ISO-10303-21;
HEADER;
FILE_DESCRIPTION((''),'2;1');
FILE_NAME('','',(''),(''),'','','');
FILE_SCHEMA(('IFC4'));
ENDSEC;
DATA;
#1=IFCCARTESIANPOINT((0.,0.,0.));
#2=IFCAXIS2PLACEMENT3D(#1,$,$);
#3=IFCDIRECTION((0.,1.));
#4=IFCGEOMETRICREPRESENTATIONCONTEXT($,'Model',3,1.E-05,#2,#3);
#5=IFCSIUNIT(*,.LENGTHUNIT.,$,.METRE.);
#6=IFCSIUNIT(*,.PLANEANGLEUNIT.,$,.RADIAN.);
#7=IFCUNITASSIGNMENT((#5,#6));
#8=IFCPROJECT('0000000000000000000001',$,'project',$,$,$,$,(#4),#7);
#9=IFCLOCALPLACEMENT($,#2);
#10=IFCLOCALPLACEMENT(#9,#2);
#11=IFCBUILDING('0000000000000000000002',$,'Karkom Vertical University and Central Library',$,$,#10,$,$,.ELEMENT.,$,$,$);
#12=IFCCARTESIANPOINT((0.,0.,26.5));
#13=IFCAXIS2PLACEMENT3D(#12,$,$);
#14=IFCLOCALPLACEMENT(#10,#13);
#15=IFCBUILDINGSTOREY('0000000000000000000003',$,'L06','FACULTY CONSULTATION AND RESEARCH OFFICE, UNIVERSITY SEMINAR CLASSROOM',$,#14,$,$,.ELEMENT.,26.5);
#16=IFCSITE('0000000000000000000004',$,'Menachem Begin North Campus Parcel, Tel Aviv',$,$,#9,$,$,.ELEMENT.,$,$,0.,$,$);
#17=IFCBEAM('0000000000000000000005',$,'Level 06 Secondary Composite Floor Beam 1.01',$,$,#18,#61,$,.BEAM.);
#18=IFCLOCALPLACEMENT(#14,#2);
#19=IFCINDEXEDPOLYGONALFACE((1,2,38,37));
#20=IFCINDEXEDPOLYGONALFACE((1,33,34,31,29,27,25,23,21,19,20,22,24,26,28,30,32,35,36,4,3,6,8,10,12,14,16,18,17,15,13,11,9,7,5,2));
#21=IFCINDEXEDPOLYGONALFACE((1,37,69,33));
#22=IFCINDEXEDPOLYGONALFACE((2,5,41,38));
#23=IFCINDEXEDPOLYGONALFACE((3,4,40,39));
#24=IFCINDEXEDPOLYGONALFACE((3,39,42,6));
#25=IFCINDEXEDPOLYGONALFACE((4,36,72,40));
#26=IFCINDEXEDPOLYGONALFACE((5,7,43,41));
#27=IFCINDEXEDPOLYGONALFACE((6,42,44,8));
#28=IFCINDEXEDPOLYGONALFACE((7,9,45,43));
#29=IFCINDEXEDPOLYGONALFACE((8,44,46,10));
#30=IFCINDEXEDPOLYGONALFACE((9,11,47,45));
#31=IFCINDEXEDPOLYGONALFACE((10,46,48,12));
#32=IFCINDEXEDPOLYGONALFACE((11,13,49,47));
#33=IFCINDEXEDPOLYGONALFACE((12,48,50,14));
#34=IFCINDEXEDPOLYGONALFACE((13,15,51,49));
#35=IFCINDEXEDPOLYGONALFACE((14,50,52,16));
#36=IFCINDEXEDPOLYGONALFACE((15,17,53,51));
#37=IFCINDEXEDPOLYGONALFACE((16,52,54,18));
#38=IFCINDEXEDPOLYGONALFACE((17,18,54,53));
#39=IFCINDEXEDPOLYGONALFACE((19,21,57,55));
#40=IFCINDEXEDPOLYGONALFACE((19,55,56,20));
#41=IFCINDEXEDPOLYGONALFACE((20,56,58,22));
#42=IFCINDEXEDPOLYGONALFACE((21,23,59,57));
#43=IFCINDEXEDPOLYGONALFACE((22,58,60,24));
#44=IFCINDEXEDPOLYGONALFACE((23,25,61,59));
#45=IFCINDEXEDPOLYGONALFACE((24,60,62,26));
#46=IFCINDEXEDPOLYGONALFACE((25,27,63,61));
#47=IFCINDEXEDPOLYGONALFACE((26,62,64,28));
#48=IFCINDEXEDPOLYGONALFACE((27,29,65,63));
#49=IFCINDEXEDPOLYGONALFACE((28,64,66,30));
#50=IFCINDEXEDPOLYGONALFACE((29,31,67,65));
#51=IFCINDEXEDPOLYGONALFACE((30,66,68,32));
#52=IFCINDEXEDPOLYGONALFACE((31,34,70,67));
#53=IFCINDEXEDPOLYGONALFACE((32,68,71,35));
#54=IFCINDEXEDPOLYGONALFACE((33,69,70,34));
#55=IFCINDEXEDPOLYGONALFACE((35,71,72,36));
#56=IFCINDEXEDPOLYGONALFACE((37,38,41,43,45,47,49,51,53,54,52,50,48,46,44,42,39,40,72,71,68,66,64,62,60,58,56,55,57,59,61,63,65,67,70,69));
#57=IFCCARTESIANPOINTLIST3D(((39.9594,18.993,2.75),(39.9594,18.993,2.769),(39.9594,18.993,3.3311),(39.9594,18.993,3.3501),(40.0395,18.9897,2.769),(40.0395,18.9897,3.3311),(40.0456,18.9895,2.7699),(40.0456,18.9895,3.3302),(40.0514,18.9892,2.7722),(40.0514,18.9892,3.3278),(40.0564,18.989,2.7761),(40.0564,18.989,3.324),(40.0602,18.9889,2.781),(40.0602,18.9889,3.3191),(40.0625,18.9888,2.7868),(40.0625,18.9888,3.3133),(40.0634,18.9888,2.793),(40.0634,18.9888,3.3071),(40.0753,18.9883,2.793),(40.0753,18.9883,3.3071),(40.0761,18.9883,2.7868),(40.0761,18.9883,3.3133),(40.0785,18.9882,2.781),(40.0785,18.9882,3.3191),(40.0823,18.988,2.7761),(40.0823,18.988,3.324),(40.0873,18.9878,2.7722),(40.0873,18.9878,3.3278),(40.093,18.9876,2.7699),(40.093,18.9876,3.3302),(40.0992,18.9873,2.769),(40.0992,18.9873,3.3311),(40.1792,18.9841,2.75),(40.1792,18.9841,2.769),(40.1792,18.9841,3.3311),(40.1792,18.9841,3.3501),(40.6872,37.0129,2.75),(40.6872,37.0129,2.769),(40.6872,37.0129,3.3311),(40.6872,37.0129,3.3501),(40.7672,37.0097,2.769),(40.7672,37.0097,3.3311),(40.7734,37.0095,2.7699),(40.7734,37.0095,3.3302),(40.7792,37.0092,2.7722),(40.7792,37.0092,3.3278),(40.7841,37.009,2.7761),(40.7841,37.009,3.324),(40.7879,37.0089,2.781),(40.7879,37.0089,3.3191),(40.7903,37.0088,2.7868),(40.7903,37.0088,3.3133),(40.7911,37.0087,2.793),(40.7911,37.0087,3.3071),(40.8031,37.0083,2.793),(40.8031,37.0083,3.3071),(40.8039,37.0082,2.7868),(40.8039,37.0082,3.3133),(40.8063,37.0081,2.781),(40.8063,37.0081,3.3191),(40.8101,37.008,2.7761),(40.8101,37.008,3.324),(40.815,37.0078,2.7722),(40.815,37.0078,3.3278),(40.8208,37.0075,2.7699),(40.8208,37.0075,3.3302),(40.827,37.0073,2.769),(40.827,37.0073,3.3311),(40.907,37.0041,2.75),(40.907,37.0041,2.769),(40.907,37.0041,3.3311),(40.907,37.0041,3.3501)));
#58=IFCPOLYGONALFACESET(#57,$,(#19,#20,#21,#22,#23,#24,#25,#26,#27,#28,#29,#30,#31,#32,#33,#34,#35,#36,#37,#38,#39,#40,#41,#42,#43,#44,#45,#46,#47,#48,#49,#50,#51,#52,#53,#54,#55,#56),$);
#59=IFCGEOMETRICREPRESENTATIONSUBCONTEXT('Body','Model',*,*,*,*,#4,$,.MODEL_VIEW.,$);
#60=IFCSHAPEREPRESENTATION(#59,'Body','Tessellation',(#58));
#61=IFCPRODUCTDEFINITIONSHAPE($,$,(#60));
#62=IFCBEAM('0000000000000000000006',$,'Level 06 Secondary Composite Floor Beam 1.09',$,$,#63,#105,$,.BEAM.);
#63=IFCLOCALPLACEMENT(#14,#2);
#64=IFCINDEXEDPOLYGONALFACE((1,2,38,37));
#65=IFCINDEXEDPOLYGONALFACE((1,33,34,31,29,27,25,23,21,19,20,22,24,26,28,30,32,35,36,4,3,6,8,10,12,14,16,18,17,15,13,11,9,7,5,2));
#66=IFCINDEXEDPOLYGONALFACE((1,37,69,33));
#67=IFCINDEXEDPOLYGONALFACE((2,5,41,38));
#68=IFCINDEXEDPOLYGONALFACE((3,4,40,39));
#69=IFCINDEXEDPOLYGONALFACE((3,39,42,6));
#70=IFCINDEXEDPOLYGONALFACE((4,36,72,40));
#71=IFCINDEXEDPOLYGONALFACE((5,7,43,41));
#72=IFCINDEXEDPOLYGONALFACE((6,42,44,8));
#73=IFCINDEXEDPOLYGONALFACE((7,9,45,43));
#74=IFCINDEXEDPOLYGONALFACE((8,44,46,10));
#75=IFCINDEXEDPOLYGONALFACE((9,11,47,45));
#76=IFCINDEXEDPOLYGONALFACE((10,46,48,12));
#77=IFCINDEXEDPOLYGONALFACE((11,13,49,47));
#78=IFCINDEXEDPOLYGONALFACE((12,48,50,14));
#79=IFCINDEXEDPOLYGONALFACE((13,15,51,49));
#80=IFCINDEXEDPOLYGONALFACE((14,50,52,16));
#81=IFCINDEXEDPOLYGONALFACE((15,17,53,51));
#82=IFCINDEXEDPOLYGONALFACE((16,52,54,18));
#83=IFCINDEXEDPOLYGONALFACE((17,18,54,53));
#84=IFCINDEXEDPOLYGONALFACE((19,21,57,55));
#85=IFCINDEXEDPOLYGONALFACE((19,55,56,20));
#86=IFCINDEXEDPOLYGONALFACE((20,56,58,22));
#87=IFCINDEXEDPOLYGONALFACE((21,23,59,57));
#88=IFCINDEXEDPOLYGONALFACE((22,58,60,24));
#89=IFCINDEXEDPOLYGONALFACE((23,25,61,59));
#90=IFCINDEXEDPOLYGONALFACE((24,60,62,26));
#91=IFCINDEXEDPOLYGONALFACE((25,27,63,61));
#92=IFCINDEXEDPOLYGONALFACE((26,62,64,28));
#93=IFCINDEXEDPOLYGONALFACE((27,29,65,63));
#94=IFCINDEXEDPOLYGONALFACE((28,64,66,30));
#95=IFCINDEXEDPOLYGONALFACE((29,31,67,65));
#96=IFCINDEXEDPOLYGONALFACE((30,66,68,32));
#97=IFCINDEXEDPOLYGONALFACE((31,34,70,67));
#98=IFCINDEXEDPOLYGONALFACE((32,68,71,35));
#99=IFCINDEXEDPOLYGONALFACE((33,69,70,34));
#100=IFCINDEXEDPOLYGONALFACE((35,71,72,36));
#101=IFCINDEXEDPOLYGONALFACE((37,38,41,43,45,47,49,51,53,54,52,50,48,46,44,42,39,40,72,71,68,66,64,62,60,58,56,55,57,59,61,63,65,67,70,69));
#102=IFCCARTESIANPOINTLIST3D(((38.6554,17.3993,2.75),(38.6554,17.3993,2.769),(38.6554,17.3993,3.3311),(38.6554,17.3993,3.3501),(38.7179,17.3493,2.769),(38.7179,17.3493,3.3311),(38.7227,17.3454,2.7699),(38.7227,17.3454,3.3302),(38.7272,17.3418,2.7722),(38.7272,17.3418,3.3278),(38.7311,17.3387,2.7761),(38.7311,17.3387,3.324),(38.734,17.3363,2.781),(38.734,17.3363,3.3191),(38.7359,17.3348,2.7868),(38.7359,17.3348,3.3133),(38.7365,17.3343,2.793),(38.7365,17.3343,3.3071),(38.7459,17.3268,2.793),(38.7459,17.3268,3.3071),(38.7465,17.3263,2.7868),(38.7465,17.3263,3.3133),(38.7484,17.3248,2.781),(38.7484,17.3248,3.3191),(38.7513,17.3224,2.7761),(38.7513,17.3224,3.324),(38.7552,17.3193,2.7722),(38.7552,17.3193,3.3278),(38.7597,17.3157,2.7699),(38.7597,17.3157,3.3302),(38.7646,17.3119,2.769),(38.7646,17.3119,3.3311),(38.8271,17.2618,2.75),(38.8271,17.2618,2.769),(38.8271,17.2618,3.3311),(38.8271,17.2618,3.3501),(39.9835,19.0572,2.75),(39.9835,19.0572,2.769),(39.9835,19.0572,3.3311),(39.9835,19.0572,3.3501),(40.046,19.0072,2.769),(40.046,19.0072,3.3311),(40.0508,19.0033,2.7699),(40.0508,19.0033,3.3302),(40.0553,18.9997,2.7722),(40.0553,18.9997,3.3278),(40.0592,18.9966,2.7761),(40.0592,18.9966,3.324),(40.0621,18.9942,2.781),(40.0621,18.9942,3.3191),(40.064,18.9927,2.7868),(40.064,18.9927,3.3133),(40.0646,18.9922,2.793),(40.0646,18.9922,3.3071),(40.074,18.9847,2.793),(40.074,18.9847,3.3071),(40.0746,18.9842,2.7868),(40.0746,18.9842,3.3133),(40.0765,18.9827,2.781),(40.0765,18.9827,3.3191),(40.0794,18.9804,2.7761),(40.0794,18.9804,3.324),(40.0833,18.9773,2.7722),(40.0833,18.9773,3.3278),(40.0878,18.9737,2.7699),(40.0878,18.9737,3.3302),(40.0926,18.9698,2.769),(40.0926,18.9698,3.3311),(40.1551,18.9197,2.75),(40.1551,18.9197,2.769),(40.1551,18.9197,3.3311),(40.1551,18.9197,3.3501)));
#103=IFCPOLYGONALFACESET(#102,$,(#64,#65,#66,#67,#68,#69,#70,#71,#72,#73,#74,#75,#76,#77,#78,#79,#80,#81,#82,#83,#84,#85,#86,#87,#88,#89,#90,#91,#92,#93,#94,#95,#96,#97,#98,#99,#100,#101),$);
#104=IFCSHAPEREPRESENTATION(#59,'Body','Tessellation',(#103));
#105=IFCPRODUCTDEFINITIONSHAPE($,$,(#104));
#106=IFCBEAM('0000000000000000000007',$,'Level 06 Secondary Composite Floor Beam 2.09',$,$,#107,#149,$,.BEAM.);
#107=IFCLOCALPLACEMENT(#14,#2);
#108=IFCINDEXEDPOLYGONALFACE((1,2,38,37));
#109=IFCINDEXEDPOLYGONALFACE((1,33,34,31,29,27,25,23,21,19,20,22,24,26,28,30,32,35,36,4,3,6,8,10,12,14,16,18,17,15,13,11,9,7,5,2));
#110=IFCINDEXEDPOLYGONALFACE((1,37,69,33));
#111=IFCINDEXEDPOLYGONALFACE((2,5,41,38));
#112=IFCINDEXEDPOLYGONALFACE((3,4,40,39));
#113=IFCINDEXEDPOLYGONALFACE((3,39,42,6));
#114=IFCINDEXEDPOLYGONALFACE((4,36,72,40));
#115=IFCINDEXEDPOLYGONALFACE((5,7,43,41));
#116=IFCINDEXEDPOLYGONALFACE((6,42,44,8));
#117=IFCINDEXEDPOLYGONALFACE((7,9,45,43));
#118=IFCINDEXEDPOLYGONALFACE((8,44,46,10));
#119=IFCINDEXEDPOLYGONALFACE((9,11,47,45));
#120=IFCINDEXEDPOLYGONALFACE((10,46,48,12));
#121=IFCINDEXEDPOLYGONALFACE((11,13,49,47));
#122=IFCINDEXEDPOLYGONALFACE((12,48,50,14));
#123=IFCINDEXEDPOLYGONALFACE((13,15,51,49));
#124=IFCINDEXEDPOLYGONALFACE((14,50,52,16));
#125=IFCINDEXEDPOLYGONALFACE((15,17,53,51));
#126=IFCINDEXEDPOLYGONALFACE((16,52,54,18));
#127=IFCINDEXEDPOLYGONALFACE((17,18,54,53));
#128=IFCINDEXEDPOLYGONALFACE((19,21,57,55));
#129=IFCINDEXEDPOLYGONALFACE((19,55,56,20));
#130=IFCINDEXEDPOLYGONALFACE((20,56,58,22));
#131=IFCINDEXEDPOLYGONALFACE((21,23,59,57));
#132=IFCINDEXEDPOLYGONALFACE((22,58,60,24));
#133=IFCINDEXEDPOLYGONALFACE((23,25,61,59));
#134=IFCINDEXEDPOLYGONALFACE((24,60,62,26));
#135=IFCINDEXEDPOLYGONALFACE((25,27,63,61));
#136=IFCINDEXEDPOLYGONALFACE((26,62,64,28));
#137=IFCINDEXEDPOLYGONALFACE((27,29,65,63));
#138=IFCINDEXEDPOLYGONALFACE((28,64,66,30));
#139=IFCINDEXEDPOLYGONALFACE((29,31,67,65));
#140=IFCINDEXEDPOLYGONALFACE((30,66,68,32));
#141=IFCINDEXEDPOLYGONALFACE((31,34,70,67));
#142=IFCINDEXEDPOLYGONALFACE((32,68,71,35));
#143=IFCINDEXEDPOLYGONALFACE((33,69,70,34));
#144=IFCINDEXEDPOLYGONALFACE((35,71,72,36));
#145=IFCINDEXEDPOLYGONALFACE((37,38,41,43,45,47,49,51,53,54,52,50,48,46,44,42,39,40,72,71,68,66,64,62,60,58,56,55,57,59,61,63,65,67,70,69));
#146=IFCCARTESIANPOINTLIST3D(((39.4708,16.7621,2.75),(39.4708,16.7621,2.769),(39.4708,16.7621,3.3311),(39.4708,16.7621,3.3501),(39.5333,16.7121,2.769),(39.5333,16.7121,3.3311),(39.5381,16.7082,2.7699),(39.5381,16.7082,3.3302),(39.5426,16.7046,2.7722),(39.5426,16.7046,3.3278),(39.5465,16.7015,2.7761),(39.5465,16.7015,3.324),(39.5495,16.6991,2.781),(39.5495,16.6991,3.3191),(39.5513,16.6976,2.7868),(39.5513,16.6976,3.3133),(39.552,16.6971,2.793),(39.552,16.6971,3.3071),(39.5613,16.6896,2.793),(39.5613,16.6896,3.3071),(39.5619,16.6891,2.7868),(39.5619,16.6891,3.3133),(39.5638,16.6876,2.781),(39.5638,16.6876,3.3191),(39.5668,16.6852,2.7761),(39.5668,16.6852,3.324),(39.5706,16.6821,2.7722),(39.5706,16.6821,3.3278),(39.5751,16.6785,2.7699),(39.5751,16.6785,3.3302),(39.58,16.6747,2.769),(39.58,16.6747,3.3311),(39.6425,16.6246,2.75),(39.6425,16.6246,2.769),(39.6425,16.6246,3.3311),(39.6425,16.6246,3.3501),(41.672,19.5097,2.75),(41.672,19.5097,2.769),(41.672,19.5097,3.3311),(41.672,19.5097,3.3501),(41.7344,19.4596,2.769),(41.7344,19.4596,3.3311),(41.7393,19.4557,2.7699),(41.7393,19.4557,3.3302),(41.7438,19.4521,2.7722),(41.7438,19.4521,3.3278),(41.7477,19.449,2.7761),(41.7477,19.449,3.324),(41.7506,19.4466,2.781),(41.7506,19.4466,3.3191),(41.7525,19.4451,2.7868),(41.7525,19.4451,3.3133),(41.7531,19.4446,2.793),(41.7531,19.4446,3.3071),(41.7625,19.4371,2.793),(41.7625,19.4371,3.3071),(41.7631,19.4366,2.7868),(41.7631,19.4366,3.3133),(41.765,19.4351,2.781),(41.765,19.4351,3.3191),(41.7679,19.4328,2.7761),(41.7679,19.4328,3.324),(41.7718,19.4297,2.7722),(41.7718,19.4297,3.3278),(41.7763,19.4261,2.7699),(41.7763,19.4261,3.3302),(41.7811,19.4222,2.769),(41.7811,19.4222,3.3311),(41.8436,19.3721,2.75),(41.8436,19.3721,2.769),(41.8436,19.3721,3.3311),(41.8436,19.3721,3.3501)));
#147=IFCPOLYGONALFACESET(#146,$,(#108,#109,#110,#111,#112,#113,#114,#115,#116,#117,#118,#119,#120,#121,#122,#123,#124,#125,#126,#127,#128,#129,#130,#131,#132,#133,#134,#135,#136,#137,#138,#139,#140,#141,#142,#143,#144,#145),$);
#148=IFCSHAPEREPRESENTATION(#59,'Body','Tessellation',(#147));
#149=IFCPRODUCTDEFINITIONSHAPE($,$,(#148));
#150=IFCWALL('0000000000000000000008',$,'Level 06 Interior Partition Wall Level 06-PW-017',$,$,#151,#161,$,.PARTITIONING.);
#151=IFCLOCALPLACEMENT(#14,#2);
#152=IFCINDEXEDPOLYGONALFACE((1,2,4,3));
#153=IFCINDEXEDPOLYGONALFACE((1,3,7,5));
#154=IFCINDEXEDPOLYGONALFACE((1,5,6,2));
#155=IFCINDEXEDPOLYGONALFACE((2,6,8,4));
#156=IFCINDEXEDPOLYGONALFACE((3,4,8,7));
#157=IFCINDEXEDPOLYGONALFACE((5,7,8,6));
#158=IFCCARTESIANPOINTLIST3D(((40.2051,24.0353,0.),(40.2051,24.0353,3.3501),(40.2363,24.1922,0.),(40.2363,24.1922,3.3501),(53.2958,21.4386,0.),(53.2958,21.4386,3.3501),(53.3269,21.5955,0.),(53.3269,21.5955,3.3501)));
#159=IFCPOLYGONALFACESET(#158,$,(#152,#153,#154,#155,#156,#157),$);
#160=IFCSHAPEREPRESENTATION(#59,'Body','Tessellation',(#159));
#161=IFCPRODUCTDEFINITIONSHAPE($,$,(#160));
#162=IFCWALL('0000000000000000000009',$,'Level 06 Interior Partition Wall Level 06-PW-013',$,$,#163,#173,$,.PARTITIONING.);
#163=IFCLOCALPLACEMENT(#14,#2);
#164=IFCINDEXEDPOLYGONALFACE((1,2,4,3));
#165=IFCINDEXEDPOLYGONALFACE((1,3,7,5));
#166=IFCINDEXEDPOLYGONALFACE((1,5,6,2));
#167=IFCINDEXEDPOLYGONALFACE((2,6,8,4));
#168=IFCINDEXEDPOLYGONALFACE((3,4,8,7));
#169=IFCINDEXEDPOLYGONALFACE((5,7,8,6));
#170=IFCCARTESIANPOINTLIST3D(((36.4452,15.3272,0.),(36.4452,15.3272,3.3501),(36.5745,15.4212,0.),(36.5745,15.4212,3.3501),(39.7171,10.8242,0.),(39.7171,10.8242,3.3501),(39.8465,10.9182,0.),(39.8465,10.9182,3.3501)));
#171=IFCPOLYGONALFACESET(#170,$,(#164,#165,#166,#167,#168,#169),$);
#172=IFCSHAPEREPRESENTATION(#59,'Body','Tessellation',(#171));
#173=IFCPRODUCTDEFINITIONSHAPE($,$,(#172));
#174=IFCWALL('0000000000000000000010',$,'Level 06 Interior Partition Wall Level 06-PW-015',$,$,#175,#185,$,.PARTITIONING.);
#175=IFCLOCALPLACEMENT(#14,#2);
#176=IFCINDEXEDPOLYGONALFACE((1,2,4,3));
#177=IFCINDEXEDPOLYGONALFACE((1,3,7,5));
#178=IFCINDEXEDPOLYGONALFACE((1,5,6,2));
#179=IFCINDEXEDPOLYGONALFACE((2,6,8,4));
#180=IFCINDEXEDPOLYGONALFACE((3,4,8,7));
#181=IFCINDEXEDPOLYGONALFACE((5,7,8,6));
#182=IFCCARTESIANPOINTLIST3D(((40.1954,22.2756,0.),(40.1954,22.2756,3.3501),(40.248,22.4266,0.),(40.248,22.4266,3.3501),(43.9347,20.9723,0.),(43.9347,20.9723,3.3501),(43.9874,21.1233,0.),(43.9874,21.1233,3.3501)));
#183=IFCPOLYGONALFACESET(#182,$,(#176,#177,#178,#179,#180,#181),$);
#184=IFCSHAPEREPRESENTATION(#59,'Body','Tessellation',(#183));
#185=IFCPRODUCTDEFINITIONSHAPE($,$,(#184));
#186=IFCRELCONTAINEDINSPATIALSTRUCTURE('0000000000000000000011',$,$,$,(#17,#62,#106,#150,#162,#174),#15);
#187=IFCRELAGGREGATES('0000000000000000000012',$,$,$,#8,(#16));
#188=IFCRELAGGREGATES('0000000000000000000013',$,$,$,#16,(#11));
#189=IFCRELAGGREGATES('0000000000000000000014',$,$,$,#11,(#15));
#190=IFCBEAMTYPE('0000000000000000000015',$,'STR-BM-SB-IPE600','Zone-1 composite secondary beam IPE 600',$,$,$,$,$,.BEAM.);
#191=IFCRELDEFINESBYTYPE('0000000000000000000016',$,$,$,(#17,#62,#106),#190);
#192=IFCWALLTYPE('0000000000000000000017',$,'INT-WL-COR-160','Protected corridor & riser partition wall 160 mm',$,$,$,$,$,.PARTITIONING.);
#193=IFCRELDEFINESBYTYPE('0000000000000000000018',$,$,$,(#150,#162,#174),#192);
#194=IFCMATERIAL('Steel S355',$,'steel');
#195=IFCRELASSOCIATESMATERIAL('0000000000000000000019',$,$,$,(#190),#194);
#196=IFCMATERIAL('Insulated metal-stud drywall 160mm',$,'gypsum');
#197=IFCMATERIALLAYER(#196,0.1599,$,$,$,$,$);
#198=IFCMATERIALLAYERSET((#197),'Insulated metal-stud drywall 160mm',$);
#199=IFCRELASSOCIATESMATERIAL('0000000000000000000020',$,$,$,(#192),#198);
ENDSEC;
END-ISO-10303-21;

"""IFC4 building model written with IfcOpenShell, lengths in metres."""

from ifc_helpers import new_model, si_unit, direction, frame, frame_2d, origin, origin_with_axes, origin_2d, place, context, subcontext, project, spatial, rectangle, i_section, extrude, source, transform, mapped, material, layer, layer_set, material_profile, profile_set, type_object, element, save


model = new_model("IFC4")

# Units and contexts
model_context = context("Model", 3, precision=1e-05, world=origin(), true_north=direction((0.0, 1.0)))
body_context = subcontext(model_context, "Body", "Model", "MODEL_VIEW")
ifc_project = project(units=[si_unit("LENGTHUNIT", "METRE"), si_unit("PLANEANGLEUNIT", "RADIAN")], contexts=[model_context])

# Site, building, storey
site_placement = place(None, origin())
site = spatial("IfcSite", under=ifc_project, at=site_placement, Name="Menachem Begin North Campus Parcel, Tel Aviv", CompositionType="ELEMENT", RefElevation=0.0)
building_placement = place(site_placement, origin())
building = spatial("IfcBuilding", under=site, at=building_placement, Name="Karkom Vertical University and Central Library", CompositionType="ELEMENT")
storey_placement = place(building_placement, frame((0.0, 0.0, 26.5)))
storey = spatial("IfcBuildingStorey", under=building, at=storey_placement, Name="L06", Description="FACULTY CONSULTATION AND RESEARCH OFFICE, UNIVERSITY SEMINAR CLASSROOM", CompositionType="ELEMENT", Elevation=26.5)

# Beams
ifc_material_1 = material(Name="Steel S355", Category="steel")
ifc_material_profile_1 = material_profile(ifc_material_1, i_section(OverallWidth=0.22, OverallDepth=0.6001, WebThickness=0.012, FlangeThickness=0.019, FilletRadius=0.0239, at=origin_2d()), Name="IPE 600")
ifc_profile_set_1 = profile_set([ifc_material_profile_1], Name="Steel S355")
beam_type_1 = type_object("IfcBeamType", Name="STR-BM-SB-IPE600", Description="Zone-1 composite secondary beam IPE 600", PredefinedType="BEAM", material=ifc_profile_set_1)
shared_shape_1 = source(origin_with_axes(), body_context, "Body", "SweptSolid", [
    extrude(i_section(OverallWidth=0.22, OverallDepth=0.6001, WebThickness=0.012, FlangeThickness=0.019, FilletRadius=0.0239, at=origin_2d()), origin(), (0.0, 0.0, 1.0), 18.0347),
])
beam_1_placement = place(storey_placement, frame((40.0693, 18.9885, 3.05), z_axis=(0.040355, 0.999185, 0.0), x_axis=(-0.999185, 0.040355, 0.0)))
element("IfcBeam", 1, at=beam_1_placement, inside=storey, type_object=beam_type_1, Name="Level 06 Secondary Composite Floor Beam 1.01", PredefinedType="BEAM", context=body_context, shape_type="MappedRepresentation", body=[
    mapped(shared_shape_1, transform((0.0, 0.0, 0.0), scale=1.0)),
])
shared_shape_2 = source(origin_with_axes(), body_context, "Body", "SweptSolid", [
    extrude(i_section(OverallWidth=0.22, OverallDepth=0.6001, WebThickness=0.012, FlangeThickness=0.019, FilletRadius=0.0239, at=origin_2d()), origin(), (0.0, 0.0, 1.0), 2.1243),
])
beam_2_placement = place(storey_placement, frame((38.7412, 17.3306, 3.05), z_axis=(0.625199, 0.780465, 0.0), x_axis=(-0.780465, 0.625199, 0.0)))
element("IfcBeam", 2, at=beam_2_placement, inside=storey, type_object=beam_type_1, Name="Level 06 Secondary Composite Floor Beam 1.09", PredefinedType="BEAM", context=body_context, shape_type="MappedRepresentation", body=[
    mapped(shared_shape_2, transform((0.0, 0.0, 0.0), scale=1.0)),
])
shared_shape_3 = source(origin_with_axes(), body_context, "Body", "SweptSolid", [
    extrude(i_section(OverallWidth=0.22, OverallDepth=0.6001, WebThickness=0.012, FlangeThickness=0.019, FilletRadius=0.0239, at=origin_2d()), origin(), (0.0, 0.0, 1.0), 3.5205),
])
beam_3_placement = place(storey_placement, frame((39.5566, 16.6934, 3.05), z_axis=(0.625236, 0.780436, 0.0), x_axis=(-0.780436, 0.625236, 0.0)))
element("IfcBeam", 3, at=beam_3_placement, inside=storey, type_object=beam_type_1, Name="Level 06 Secondary Composite Floor Beam 2.09", PredefinedType="BEAM", context=body_context, shape_type="MappedRepresentation", body=[
    mapped(shared_shape_3, transform((0.0, 0.0, 0.0), scale=1.0)),
])

# Walls
ifc_material_2 = material(Name="Insulated metal-stud drywall 160mm", Category="gypsum")
ifc_layer_1 = layer(ifc_material_2, 0.1599)
ifc_layer_set_1 = layer_set([ifc_layer_1], Name="Insulated metal-stud drywall 160mm")
wall_type_1 = type_object("IfcWallType", Name="INT-WL-COR-160", Description="Protected corridor & riser partition wall 160 mm", PredefinedType="PARTITIONING", material=ifc_layer_set_1)
wall_1_placement = place(storey_placement, frame((40.2207, 24.1138, 0.0), z_axis=(0.0, 0.0, 1.0), x_axis=(0.980888, -0.194571, 0.0)))
element("IfcWall", 4, at=wall_1_placement, inside=storey, type_object=wall_type_1, Name="Level 06 Interior Partition Wall Level 06-PW-017", PredefinedType="PARTITIONING", context=body_context, shape_type="SweptSolid", body=[
    extrude(rectangle(XDim=13.3457, YDim=0.1599, at=frame_2d((6.6729, 0.0))), origin(), (0.0, 0.0, 1.0), 3.3501),
])
wall_2_placement = place(storey_placement, frame((36.5098, 15.3743, 0.0), z_axis=(0.0, 0.0, 1.0), x_axis=(0.587833, -0.808983, 0.0)))
element("IfcWall", 5, at=wall_2_placement, inside=storey, type_object=wall_type_1, Name="Level 06 Interior Partition Wall Level 06-PW-013", PredefinedType="PARTITIONING", context=body_context, shape_type="SweptSolid", body=[
    extrude(rectangle(XDim=5.5662, YDim=0.1599, at=frame_2d((2.7832, 0.0))), origin(), (0.0, 0.0, 1.0), 3.3501),
])
wall_3_placement = place(storey_placement, frame((40.2217, 22.3511, 0.0), z_axis=(0.0, 0.0, 1.0), x_axis=(0.944292, -0.329109, 0.0)))
element("IfcWall", 6, at=wall_3_placement, inside=storey, type_object=wall_type_1, Name="Level 06 Interior Partition Wall Level 06-PW-015", PredefinedType="PARTITIONING", context=body_context, shape_type="SweptSolid", body=[
    extrude(rectangle(XDim=3.96, YDim=0.1599, at=frame_2d((1.98, 0.0))), origin(), (0.0, 0.0, 1.0), 3.3501),
])

save(model, "model.ifc")
